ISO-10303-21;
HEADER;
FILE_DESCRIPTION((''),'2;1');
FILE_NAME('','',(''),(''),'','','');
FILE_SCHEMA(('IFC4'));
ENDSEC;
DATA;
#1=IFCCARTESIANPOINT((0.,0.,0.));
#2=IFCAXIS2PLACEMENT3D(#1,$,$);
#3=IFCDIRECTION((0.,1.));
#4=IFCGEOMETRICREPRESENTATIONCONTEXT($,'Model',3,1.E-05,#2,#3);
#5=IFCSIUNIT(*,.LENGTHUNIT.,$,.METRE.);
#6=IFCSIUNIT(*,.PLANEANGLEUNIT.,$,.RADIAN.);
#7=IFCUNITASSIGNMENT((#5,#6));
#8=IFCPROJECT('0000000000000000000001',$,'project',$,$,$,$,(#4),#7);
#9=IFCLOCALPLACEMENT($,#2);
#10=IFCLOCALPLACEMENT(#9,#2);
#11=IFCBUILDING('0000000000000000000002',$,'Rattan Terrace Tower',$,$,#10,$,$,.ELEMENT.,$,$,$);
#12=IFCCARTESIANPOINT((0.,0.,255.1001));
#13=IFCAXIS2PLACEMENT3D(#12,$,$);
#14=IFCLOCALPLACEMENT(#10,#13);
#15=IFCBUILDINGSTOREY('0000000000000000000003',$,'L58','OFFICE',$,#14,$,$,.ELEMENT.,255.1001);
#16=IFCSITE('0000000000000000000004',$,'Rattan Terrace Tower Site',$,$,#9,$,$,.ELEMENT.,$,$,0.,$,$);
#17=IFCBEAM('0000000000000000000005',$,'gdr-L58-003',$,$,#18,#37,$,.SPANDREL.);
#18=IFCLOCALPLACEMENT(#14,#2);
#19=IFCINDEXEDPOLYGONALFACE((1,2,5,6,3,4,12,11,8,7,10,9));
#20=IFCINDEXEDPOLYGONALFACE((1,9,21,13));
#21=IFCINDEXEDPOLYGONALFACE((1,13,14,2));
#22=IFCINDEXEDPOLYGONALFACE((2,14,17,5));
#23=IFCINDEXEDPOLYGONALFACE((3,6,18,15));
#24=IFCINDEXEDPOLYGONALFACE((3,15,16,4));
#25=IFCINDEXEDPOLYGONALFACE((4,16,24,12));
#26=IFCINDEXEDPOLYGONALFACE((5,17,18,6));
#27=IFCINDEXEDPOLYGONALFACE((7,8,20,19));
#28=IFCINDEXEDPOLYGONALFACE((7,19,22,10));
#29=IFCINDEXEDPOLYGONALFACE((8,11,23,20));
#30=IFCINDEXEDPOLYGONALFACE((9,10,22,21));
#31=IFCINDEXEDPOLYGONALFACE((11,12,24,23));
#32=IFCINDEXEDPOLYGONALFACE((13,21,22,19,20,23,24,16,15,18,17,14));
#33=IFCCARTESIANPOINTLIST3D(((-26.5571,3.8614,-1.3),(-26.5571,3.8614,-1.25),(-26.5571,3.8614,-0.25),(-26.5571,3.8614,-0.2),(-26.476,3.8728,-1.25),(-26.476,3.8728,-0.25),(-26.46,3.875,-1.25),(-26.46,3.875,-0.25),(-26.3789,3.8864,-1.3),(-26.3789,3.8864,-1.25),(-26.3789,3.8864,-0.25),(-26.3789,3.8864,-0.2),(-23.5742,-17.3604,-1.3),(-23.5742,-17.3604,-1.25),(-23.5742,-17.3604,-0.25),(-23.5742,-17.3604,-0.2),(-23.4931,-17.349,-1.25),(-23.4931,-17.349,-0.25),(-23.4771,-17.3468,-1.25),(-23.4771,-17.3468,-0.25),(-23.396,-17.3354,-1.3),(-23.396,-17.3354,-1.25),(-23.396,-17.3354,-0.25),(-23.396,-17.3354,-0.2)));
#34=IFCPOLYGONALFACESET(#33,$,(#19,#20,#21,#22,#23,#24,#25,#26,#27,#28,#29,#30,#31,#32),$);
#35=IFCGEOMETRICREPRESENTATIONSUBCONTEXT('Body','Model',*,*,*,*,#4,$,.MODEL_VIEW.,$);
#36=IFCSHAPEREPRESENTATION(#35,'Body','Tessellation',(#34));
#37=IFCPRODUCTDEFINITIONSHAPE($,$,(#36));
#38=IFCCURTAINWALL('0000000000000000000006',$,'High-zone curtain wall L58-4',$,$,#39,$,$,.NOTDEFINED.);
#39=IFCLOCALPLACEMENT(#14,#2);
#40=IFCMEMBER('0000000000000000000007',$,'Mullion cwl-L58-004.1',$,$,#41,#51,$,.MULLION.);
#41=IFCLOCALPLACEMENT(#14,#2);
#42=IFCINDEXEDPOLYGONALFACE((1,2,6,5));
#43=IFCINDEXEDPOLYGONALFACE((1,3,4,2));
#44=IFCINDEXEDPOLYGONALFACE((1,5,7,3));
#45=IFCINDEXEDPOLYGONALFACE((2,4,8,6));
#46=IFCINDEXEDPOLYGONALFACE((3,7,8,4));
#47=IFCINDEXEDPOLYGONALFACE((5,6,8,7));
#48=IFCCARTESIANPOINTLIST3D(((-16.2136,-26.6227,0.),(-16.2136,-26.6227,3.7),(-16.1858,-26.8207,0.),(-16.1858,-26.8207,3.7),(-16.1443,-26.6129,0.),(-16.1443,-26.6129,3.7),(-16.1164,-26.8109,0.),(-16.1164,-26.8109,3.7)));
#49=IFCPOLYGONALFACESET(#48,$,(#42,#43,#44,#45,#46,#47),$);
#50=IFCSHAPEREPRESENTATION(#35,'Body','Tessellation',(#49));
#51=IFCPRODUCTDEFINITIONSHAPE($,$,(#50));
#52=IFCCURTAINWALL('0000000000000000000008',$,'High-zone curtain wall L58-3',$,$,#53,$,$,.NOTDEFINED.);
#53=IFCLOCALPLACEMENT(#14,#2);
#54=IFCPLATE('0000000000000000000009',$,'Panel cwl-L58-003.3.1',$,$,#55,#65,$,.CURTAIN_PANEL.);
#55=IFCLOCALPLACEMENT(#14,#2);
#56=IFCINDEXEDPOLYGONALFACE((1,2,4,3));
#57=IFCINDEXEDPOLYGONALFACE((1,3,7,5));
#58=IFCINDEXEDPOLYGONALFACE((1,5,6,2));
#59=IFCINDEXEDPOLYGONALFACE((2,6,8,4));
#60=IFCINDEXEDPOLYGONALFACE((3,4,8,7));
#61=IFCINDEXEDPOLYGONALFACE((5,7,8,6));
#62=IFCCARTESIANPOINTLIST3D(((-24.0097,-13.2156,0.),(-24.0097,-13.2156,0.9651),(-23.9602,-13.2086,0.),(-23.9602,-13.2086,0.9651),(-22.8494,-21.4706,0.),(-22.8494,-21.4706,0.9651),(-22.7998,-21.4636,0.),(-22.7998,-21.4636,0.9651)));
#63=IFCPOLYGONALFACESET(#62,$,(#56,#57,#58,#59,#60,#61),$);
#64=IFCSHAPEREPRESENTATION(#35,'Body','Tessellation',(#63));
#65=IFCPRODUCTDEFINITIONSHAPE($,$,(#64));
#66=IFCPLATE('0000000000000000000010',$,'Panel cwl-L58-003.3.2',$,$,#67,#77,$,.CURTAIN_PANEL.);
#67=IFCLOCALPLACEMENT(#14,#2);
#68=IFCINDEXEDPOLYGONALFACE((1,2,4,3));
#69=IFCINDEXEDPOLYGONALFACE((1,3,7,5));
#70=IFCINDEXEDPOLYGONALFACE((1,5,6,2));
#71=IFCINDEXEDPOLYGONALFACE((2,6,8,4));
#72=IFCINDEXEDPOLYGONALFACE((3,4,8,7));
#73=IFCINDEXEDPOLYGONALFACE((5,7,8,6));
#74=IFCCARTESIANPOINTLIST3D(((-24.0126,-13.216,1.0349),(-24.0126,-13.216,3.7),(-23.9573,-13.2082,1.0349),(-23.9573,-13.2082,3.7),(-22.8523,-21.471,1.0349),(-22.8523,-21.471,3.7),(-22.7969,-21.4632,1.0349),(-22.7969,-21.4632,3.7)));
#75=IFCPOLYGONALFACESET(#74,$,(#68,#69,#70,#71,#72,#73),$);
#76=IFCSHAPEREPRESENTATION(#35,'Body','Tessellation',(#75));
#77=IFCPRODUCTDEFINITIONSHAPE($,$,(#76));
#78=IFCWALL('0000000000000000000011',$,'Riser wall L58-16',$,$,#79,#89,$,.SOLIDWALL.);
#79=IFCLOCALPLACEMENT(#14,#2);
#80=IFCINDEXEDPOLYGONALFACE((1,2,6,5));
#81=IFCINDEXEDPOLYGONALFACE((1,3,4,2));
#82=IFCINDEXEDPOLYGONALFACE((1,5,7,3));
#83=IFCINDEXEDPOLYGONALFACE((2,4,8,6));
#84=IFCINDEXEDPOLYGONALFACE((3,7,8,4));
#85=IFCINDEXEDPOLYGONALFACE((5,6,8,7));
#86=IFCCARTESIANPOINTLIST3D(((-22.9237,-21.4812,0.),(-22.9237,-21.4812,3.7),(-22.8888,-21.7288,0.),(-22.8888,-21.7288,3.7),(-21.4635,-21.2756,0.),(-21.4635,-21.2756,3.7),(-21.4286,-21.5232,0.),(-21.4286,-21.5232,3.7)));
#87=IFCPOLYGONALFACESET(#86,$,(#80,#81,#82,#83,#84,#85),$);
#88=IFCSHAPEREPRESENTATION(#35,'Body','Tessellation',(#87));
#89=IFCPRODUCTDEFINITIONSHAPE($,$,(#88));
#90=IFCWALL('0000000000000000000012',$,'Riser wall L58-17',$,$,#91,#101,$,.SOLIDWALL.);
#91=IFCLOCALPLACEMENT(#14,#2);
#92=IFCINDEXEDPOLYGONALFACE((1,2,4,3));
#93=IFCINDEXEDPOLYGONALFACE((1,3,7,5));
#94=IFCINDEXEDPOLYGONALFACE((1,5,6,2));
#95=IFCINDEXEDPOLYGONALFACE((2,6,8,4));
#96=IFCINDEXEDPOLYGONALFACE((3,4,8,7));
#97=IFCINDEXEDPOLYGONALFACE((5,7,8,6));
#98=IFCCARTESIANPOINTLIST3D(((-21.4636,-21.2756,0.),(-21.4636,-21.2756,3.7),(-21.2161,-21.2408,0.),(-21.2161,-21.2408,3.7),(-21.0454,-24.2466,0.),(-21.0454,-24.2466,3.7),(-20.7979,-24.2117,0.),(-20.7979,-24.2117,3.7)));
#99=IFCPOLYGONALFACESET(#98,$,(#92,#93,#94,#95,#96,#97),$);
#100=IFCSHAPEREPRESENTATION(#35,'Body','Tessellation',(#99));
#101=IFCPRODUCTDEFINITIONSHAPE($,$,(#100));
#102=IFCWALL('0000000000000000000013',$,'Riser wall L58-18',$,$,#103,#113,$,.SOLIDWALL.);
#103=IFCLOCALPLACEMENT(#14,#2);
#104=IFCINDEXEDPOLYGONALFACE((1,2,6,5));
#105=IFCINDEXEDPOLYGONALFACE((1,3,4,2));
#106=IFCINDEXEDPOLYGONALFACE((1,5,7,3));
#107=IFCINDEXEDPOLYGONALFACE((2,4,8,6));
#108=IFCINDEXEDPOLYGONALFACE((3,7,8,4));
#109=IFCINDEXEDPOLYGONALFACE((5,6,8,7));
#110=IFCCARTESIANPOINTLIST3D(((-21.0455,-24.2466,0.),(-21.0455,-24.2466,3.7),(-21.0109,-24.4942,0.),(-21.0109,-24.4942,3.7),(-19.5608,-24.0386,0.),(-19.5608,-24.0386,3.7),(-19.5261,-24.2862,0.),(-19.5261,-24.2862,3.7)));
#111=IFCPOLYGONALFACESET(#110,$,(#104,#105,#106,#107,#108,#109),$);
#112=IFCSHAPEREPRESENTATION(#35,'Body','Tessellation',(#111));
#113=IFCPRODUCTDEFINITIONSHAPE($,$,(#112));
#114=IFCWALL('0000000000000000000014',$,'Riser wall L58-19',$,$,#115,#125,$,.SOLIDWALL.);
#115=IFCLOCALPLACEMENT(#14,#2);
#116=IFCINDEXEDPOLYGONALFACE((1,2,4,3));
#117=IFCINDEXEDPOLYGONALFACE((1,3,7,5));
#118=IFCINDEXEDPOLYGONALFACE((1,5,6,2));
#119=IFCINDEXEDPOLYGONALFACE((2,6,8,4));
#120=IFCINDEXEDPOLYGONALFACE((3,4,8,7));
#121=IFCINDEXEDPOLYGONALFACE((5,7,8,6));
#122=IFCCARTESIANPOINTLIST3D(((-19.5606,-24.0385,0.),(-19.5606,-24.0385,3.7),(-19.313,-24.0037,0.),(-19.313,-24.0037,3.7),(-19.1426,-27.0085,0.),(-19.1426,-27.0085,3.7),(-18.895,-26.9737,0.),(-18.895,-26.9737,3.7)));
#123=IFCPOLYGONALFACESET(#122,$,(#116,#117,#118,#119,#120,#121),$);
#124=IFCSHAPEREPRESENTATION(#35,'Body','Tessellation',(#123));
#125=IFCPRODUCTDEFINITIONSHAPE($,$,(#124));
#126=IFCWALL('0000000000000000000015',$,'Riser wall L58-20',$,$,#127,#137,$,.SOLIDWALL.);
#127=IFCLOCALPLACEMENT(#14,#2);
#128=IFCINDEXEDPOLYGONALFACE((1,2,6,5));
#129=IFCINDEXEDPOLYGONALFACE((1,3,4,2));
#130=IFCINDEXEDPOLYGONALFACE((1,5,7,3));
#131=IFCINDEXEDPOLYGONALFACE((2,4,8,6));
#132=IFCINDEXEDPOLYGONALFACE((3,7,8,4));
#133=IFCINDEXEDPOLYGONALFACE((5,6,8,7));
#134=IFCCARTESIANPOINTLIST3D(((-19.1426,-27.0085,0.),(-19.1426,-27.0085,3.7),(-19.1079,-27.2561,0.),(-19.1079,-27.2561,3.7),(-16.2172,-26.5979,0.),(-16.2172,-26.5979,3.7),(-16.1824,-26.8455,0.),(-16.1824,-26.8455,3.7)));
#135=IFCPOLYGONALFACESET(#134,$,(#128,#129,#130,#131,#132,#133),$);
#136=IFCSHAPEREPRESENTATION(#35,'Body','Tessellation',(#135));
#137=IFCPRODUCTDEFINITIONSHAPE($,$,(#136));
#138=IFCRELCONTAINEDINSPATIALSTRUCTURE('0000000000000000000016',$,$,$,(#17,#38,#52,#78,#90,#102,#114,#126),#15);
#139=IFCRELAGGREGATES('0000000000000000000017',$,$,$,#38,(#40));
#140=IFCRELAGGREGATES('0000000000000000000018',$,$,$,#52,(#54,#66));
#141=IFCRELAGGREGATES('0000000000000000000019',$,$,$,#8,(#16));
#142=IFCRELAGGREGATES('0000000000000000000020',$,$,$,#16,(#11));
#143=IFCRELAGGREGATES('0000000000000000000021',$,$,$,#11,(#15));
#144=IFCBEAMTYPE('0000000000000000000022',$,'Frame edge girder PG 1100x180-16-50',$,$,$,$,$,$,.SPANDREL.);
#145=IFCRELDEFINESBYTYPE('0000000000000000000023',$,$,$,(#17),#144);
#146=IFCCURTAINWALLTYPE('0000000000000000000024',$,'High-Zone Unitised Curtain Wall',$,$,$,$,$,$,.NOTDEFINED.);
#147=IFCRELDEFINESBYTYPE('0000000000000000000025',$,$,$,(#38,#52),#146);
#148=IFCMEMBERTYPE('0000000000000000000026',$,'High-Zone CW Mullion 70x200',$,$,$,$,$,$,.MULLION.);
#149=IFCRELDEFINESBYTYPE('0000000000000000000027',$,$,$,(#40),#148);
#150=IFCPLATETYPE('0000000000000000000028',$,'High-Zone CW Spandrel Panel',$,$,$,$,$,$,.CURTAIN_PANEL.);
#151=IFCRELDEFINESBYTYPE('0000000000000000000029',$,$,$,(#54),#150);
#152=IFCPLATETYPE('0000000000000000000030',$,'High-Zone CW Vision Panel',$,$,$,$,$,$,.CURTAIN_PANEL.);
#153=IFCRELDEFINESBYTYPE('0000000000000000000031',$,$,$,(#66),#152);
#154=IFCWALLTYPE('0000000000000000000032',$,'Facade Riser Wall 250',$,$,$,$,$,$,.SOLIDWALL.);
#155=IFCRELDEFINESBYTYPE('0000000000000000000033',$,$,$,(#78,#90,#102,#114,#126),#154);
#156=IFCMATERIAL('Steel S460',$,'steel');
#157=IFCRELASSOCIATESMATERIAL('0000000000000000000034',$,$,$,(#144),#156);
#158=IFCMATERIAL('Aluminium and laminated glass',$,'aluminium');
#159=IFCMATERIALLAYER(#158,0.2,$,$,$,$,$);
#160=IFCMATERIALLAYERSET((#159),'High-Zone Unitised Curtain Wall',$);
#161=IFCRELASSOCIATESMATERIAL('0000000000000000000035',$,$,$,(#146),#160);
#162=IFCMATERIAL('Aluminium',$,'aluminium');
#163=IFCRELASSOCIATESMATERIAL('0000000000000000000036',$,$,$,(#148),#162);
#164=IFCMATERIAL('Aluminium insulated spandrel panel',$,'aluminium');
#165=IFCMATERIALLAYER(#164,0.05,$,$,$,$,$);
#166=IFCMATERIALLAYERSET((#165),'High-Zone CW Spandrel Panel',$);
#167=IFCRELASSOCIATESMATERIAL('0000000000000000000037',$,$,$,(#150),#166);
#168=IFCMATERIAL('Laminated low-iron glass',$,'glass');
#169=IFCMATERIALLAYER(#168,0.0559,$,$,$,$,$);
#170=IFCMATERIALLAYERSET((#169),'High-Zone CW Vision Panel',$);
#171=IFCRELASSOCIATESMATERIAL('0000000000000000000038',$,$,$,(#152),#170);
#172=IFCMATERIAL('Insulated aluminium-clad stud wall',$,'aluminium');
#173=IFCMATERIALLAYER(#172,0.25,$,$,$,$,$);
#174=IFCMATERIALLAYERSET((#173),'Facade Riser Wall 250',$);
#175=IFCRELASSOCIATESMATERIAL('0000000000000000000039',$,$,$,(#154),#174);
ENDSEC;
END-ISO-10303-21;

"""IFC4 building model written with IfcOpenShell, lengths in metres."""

from ifc_helpers import new_model, si_unit, direction, frame, frame_2d, origin, origin_2d, place, context, subcontext, project, spatial, rectangle, i_section, extrude, material, layer, layer_set, material_profile, profile_set, type_object, element, aggregate, save


model = new_model("IFC4")

# Units and contexts
model_context = context("Model", 3, precision=1e-05, world=origin(), true_north=direction((0.0, 1.0)))
body_context = subcontext(model_context, "Body", "Model", "MODEL_VIEW")
ifc_project = project(units=[si_unit("LENGTHUNIT", "METRE"), si_unit("PLANEANGLEUNIT", "RADIAN")], contexts=[model_context])

# Site, building, storey
site_placement = place(None, origin())
site = spatial("IfcSite", under=ifc_project, at=site_placement, Name="Rattan Terrace Tower Site", CompositionType="ELEMENT", RefElevation=0.0)
building_placement = place(site_placement, origin())
building = spatial("IfcBuilding", under=site, at=building_placement, Name="Rattan Terrace Tower", CompositionType="ELEMENT")
storey_placement = place(building_placement, frame((0.0, 0.0, 255.1001)))
storey = spatial("IfcBuildingStorey", under=building, at=storey_placement, Name="L58", Description="OFFICE", CompositionType="ELEMENT", Elevation=255.1001)

# Beam
ifc_material_1 = material(Name="Steel S460", Category="steel")
ifc_material_profile_1 = material_profile(ifc_material_1, i_section(OverallWidth=0.1799, OverallDepth=1.1001, WebThickness=0.0161, FlangeThickness=0.05, at=origin_2d()), Name="PG 1100x180-16-50")
ifc_profile_set_1 = profile_set([ifc_material_profile_1], Name="Steel S460")
beam_type = type_object("IfcBeamType", Name="Frame edge girder PG 1100x180-16-50", PredefinedType="SPANDREL", material=ifc_profile_set_1)
beam_placement = place(storey_placement, frame((-23.4851, -17.3479, -0.75), z_axis=(-0.13919, 0.990266, 0.0), x_axis=(-0.990266, -0.13919, 0.0)))
element("IfcBeam", 1, at=beam_placement, inside=storey, type_object=beam_type, Name="gdr-L58-003", PredefinedType="SPANDREL", context=body_context, shape_type="SweptSolid", body=[
    extrude(i_section(OverallWidth=0.1799, OverallDepth=1.1001, WebThickness=0.0161, FlangeThickness=0.05, at=origin_2d()), origin(), (0.0, 0.0, 1.0), 21.4304),
])

# Curtain wall, member
ifc_material_2 = material(Name="Aluminium and laminated glass", Category="aluminium")
ifc_layer_1 = layer(ifc_material_2, 0.2)
ifc_layer_set_1 = layer_set([ifc_layer_1], Name="High-Zone Unitised Curtain Wall")
curtain_wall_type = type_object("IfcCurtainWallType", Name="High-Zone Unitised Curtain Wall", PredefinedType="NOTDEFINED", material=ifc_layer_set_1)
curtain_wall_1_placement = place(storey_placement, origin())
curtain_wall_1 = element("IfcCurtainWall", 2, at=curtain_wall_1_placement, inside=storey, type_object=curtain_wall_type, Name="High-zone curtain wall L58-4", PredefinedType="NOTDEFINED")
ifc_material_3 = material(Name="Aluminium", Category="aluminium")
ifc_material_profile_2 = material_profile(ifc_material_3, rectangle(XDim=0.0701, YDim=0.2, at=origin_2d()), Name="Aluminium 70x200")
ifc_profile_set_2 = profile_set([ifc_material_profile_2], Name="Aluminium")
member_type = type_object("IfcMemberType", Name="High-Zone CW Mullion 70x200", PredefinedType="MULLION", material=ifc_profile_set_2)
member_placement = place(storey_placement, frame((-16.165, -26.7168, 0.0), z_axis=(0.0, 0.0, 1.0), x_axis=(0.990266, 0.139189, 0.0)))
member = element("IfcMember", 3, at=member_placement, type_object=member_type, Name="Mullion cwl-L58-004.1", PredefinedType="MULLION", context=body_context, shape_type="SweptSolid", body=[
    extrude(rectangle(XDim=0.0701, YDim=0.2, at=origin_2d()), origin(), (0.0, 0.0, 1.0), 3.7),
])
aggregate(curtain_wall_1, [member])

# Curtain wall, plates
curtain_wall_2_placement = place(storey_placement, origin())
curtain_wall_2 = element("IfcCurtainWall", 4, at=curtain_wall_2_placement, inside=storey, type_object=curtain_wall_type, Name="High-zone curtain wall L58-3", PredefinedType="NOTDEFINED")
ifc_material_4 = material(Name="Aluminium insulated spandrel panel", Category="aluminium")
ifc_layer_2 = layer(ifc_material_4, 0.05)
ifc_layer_set_2 = layer_set([ifc_layer_2], Name="High-Zone CW Spandrel Panel")
plate_type_1 = type_object("IfcPlateType", Name="High-Zone CW Spandrel Panel", PredefinedType="CURTAIN_PANEL", material=ifc_layer_set_2)
plate_1_placement = place(storey_placement, frame((-23.4048, -17.3396, 0.0), z_axis=(0.0, 0.0, 1.0), x_axis=(0.139192, -0.990265, 0.0)))
plate_1 = element("IfcPlate", 5, at=plate_1_placement, type_object=plate_type_1, Name="Panel cwl-L58-003.3.1", PredefinedType="CURTAIN_PANEL", context=body_context, shape_type="SweptSolid", body=[
    extrude(rectangle(XDim=8.3362, YDim=0.05, at=origin_2d()), origin(), (0.0, 0.0, 1.0), 0.9651),
])
ifc_material_5 = material(Name="Laminated low-iron glass", Category="glass")
ifc_layer_3 = layer(ifc_material_5, 0.0559)
ifc_layer_set_3 = layer_set([ifc_layer_3], Name="High-Zone CW Vision Panel")
plate_type_2 = type_object("IfcPlateType", Name="High-Zone CW Vision Panel", PredefinedType="CURTAIN_PANEL", material=ifc_layer_set_3)
plate_2_placement = place(storey_placement, frame((-23.4048, -17.3396, 1.0349), z_axis=(0.0, 0.0, 1.0), x_axis=(0.139192, -0.990265, 0.0)))
plate_2 = element("IfcPlate", 6, at=plate_2_placement, type_object=plate_type_2, Name="Panel cwl-L58-003.3.2", PredefinedType="CURTAIN_PANEL", context=body_context, shape_type="SweptSolid", body=[
    extrude(rectangle(XDim=8.3362, YDim=0.0559, at=origin_2d()), origin(), (0.0, 0.0, 1.0), 2.665),
])
aggregate(curtain_wall_2, [plate_1, plate_2])

# Walls
ifc_material_6 = material(Name="Insulated aluminium-clad stud wall", Category="aluminium")
ifc_layer_4 = layer(ifc_material_6, 0.25)
ifc_layer_set_4 = layer_set([ifc_layer_4], Name="Facade Riser Wall 250")
wall_type_1 = type_object("IfcWallType", Name="Facade Riser Wall 250", PredefinedType="SOLIDWALL", material=ifc_layer_set_4)
wall_1_placement = place(storey_placement, frame((-22.9062, -21.605, 0.0), z_axis=(0.0, 0.0, 1.0), x_axis=(0.990236, 0.139404, 0.0)))
element("IfcWall", 7, at=wall_1_placement, inside=storey, type_object=wall_type_1, Name="Riser wall L58-16", PredefinedType="SOLIDWALL", context=body_context, shape_type="SweptSolid", body=[
    extrude(rectangle(XDim=1.4746, YDim=0.25, at=frame_2d((0.7373, 0.0))), origin(), (0.0, 0.0, 1.0), 3.7),
])
wall_2_placement = place(storey_placement, frame((-21.3398, -21.2583, 0.0), z_axis=(0.0, 0.0, 1.0), x_axis=(0.139393, -0.990237, 0.0)))
element("IfcWall", 8, at=wall_2_placement, inside=storey, type_object=wall_type_1, Name="Riser wall L58-17", PredefinedType="SOLIDWALL", context=body_context, shape_type="SweptSolid", body=[
    extrude(rectangle(XDim=3.0002, YDim=0.25, at=frame_2d((1.5, 0.0))), origin(), (0.0, 0.0, 1.0), 3.7),
])
wall_3_placement = place(storey_placement, frame((-21.0281, -24.3704, 0.0), z_axis=(0.0, 0.0, 1.0), x_axis=(0.99033, 0.138731, 0.0)))
element("IfcWall", 9, at=wall_3_placement, inside=storey, type_object=wall_type_1, Name="Riser wall L58-18", PredefinedType="SOLIDWALL", context=body_context, shape_type="SweptSolid", body=[
    extrude(rectangle(XDim=1.4993, YDim=0.25, at=frame_2d((0.7495, 0.0))), origin(), (0.0, 0.0, 1.0), 3.7),
])
wall_4_placement = place(storey_placement, frame((-19.4368, -24.0212, 0.0), z_axis=(0.0, 0.0, 1.0), x_axis=(0.139358, -0.990242, 0.0)))
element("IfcWall", 10, at=wall_4_placement, inside=storey, type_object=wall_type_1, Name="Riser wall L58-19", PredefinedType="SOLIDWALL", context=body_context, shape_type="SweptSolid", body=[
    extrude(rectangle(XDim=2.9993, YDim=0.25, at=frame_2d((1.4995, 0.0))), origin(), (0.0, 0.0, 1.0), 3.7),
])
wall_5_placement = place(storey_placement, frame((-19.1252, -27.1323, 0.0), z_axis=(0.0, 0.0, 1.0), x_axis=(0.990292, 0.139003, 0.0)))
element("IfcWall", 11, at=wall_5_placement, inside=storey, type_object=wall_type_1, Name="Riser wall L58-20", PredefinedType="SOLIDWALL", context=body_context, shape_type="SweptSolid", body=[
    extrude(rectangle(XDim=2.9541, YDim=0.25, at=frame_2d((1.4771, 0.0))), origin(), (0.0, 0.0, 1.0), 3.7),
])

save(model, "model.ifc")
